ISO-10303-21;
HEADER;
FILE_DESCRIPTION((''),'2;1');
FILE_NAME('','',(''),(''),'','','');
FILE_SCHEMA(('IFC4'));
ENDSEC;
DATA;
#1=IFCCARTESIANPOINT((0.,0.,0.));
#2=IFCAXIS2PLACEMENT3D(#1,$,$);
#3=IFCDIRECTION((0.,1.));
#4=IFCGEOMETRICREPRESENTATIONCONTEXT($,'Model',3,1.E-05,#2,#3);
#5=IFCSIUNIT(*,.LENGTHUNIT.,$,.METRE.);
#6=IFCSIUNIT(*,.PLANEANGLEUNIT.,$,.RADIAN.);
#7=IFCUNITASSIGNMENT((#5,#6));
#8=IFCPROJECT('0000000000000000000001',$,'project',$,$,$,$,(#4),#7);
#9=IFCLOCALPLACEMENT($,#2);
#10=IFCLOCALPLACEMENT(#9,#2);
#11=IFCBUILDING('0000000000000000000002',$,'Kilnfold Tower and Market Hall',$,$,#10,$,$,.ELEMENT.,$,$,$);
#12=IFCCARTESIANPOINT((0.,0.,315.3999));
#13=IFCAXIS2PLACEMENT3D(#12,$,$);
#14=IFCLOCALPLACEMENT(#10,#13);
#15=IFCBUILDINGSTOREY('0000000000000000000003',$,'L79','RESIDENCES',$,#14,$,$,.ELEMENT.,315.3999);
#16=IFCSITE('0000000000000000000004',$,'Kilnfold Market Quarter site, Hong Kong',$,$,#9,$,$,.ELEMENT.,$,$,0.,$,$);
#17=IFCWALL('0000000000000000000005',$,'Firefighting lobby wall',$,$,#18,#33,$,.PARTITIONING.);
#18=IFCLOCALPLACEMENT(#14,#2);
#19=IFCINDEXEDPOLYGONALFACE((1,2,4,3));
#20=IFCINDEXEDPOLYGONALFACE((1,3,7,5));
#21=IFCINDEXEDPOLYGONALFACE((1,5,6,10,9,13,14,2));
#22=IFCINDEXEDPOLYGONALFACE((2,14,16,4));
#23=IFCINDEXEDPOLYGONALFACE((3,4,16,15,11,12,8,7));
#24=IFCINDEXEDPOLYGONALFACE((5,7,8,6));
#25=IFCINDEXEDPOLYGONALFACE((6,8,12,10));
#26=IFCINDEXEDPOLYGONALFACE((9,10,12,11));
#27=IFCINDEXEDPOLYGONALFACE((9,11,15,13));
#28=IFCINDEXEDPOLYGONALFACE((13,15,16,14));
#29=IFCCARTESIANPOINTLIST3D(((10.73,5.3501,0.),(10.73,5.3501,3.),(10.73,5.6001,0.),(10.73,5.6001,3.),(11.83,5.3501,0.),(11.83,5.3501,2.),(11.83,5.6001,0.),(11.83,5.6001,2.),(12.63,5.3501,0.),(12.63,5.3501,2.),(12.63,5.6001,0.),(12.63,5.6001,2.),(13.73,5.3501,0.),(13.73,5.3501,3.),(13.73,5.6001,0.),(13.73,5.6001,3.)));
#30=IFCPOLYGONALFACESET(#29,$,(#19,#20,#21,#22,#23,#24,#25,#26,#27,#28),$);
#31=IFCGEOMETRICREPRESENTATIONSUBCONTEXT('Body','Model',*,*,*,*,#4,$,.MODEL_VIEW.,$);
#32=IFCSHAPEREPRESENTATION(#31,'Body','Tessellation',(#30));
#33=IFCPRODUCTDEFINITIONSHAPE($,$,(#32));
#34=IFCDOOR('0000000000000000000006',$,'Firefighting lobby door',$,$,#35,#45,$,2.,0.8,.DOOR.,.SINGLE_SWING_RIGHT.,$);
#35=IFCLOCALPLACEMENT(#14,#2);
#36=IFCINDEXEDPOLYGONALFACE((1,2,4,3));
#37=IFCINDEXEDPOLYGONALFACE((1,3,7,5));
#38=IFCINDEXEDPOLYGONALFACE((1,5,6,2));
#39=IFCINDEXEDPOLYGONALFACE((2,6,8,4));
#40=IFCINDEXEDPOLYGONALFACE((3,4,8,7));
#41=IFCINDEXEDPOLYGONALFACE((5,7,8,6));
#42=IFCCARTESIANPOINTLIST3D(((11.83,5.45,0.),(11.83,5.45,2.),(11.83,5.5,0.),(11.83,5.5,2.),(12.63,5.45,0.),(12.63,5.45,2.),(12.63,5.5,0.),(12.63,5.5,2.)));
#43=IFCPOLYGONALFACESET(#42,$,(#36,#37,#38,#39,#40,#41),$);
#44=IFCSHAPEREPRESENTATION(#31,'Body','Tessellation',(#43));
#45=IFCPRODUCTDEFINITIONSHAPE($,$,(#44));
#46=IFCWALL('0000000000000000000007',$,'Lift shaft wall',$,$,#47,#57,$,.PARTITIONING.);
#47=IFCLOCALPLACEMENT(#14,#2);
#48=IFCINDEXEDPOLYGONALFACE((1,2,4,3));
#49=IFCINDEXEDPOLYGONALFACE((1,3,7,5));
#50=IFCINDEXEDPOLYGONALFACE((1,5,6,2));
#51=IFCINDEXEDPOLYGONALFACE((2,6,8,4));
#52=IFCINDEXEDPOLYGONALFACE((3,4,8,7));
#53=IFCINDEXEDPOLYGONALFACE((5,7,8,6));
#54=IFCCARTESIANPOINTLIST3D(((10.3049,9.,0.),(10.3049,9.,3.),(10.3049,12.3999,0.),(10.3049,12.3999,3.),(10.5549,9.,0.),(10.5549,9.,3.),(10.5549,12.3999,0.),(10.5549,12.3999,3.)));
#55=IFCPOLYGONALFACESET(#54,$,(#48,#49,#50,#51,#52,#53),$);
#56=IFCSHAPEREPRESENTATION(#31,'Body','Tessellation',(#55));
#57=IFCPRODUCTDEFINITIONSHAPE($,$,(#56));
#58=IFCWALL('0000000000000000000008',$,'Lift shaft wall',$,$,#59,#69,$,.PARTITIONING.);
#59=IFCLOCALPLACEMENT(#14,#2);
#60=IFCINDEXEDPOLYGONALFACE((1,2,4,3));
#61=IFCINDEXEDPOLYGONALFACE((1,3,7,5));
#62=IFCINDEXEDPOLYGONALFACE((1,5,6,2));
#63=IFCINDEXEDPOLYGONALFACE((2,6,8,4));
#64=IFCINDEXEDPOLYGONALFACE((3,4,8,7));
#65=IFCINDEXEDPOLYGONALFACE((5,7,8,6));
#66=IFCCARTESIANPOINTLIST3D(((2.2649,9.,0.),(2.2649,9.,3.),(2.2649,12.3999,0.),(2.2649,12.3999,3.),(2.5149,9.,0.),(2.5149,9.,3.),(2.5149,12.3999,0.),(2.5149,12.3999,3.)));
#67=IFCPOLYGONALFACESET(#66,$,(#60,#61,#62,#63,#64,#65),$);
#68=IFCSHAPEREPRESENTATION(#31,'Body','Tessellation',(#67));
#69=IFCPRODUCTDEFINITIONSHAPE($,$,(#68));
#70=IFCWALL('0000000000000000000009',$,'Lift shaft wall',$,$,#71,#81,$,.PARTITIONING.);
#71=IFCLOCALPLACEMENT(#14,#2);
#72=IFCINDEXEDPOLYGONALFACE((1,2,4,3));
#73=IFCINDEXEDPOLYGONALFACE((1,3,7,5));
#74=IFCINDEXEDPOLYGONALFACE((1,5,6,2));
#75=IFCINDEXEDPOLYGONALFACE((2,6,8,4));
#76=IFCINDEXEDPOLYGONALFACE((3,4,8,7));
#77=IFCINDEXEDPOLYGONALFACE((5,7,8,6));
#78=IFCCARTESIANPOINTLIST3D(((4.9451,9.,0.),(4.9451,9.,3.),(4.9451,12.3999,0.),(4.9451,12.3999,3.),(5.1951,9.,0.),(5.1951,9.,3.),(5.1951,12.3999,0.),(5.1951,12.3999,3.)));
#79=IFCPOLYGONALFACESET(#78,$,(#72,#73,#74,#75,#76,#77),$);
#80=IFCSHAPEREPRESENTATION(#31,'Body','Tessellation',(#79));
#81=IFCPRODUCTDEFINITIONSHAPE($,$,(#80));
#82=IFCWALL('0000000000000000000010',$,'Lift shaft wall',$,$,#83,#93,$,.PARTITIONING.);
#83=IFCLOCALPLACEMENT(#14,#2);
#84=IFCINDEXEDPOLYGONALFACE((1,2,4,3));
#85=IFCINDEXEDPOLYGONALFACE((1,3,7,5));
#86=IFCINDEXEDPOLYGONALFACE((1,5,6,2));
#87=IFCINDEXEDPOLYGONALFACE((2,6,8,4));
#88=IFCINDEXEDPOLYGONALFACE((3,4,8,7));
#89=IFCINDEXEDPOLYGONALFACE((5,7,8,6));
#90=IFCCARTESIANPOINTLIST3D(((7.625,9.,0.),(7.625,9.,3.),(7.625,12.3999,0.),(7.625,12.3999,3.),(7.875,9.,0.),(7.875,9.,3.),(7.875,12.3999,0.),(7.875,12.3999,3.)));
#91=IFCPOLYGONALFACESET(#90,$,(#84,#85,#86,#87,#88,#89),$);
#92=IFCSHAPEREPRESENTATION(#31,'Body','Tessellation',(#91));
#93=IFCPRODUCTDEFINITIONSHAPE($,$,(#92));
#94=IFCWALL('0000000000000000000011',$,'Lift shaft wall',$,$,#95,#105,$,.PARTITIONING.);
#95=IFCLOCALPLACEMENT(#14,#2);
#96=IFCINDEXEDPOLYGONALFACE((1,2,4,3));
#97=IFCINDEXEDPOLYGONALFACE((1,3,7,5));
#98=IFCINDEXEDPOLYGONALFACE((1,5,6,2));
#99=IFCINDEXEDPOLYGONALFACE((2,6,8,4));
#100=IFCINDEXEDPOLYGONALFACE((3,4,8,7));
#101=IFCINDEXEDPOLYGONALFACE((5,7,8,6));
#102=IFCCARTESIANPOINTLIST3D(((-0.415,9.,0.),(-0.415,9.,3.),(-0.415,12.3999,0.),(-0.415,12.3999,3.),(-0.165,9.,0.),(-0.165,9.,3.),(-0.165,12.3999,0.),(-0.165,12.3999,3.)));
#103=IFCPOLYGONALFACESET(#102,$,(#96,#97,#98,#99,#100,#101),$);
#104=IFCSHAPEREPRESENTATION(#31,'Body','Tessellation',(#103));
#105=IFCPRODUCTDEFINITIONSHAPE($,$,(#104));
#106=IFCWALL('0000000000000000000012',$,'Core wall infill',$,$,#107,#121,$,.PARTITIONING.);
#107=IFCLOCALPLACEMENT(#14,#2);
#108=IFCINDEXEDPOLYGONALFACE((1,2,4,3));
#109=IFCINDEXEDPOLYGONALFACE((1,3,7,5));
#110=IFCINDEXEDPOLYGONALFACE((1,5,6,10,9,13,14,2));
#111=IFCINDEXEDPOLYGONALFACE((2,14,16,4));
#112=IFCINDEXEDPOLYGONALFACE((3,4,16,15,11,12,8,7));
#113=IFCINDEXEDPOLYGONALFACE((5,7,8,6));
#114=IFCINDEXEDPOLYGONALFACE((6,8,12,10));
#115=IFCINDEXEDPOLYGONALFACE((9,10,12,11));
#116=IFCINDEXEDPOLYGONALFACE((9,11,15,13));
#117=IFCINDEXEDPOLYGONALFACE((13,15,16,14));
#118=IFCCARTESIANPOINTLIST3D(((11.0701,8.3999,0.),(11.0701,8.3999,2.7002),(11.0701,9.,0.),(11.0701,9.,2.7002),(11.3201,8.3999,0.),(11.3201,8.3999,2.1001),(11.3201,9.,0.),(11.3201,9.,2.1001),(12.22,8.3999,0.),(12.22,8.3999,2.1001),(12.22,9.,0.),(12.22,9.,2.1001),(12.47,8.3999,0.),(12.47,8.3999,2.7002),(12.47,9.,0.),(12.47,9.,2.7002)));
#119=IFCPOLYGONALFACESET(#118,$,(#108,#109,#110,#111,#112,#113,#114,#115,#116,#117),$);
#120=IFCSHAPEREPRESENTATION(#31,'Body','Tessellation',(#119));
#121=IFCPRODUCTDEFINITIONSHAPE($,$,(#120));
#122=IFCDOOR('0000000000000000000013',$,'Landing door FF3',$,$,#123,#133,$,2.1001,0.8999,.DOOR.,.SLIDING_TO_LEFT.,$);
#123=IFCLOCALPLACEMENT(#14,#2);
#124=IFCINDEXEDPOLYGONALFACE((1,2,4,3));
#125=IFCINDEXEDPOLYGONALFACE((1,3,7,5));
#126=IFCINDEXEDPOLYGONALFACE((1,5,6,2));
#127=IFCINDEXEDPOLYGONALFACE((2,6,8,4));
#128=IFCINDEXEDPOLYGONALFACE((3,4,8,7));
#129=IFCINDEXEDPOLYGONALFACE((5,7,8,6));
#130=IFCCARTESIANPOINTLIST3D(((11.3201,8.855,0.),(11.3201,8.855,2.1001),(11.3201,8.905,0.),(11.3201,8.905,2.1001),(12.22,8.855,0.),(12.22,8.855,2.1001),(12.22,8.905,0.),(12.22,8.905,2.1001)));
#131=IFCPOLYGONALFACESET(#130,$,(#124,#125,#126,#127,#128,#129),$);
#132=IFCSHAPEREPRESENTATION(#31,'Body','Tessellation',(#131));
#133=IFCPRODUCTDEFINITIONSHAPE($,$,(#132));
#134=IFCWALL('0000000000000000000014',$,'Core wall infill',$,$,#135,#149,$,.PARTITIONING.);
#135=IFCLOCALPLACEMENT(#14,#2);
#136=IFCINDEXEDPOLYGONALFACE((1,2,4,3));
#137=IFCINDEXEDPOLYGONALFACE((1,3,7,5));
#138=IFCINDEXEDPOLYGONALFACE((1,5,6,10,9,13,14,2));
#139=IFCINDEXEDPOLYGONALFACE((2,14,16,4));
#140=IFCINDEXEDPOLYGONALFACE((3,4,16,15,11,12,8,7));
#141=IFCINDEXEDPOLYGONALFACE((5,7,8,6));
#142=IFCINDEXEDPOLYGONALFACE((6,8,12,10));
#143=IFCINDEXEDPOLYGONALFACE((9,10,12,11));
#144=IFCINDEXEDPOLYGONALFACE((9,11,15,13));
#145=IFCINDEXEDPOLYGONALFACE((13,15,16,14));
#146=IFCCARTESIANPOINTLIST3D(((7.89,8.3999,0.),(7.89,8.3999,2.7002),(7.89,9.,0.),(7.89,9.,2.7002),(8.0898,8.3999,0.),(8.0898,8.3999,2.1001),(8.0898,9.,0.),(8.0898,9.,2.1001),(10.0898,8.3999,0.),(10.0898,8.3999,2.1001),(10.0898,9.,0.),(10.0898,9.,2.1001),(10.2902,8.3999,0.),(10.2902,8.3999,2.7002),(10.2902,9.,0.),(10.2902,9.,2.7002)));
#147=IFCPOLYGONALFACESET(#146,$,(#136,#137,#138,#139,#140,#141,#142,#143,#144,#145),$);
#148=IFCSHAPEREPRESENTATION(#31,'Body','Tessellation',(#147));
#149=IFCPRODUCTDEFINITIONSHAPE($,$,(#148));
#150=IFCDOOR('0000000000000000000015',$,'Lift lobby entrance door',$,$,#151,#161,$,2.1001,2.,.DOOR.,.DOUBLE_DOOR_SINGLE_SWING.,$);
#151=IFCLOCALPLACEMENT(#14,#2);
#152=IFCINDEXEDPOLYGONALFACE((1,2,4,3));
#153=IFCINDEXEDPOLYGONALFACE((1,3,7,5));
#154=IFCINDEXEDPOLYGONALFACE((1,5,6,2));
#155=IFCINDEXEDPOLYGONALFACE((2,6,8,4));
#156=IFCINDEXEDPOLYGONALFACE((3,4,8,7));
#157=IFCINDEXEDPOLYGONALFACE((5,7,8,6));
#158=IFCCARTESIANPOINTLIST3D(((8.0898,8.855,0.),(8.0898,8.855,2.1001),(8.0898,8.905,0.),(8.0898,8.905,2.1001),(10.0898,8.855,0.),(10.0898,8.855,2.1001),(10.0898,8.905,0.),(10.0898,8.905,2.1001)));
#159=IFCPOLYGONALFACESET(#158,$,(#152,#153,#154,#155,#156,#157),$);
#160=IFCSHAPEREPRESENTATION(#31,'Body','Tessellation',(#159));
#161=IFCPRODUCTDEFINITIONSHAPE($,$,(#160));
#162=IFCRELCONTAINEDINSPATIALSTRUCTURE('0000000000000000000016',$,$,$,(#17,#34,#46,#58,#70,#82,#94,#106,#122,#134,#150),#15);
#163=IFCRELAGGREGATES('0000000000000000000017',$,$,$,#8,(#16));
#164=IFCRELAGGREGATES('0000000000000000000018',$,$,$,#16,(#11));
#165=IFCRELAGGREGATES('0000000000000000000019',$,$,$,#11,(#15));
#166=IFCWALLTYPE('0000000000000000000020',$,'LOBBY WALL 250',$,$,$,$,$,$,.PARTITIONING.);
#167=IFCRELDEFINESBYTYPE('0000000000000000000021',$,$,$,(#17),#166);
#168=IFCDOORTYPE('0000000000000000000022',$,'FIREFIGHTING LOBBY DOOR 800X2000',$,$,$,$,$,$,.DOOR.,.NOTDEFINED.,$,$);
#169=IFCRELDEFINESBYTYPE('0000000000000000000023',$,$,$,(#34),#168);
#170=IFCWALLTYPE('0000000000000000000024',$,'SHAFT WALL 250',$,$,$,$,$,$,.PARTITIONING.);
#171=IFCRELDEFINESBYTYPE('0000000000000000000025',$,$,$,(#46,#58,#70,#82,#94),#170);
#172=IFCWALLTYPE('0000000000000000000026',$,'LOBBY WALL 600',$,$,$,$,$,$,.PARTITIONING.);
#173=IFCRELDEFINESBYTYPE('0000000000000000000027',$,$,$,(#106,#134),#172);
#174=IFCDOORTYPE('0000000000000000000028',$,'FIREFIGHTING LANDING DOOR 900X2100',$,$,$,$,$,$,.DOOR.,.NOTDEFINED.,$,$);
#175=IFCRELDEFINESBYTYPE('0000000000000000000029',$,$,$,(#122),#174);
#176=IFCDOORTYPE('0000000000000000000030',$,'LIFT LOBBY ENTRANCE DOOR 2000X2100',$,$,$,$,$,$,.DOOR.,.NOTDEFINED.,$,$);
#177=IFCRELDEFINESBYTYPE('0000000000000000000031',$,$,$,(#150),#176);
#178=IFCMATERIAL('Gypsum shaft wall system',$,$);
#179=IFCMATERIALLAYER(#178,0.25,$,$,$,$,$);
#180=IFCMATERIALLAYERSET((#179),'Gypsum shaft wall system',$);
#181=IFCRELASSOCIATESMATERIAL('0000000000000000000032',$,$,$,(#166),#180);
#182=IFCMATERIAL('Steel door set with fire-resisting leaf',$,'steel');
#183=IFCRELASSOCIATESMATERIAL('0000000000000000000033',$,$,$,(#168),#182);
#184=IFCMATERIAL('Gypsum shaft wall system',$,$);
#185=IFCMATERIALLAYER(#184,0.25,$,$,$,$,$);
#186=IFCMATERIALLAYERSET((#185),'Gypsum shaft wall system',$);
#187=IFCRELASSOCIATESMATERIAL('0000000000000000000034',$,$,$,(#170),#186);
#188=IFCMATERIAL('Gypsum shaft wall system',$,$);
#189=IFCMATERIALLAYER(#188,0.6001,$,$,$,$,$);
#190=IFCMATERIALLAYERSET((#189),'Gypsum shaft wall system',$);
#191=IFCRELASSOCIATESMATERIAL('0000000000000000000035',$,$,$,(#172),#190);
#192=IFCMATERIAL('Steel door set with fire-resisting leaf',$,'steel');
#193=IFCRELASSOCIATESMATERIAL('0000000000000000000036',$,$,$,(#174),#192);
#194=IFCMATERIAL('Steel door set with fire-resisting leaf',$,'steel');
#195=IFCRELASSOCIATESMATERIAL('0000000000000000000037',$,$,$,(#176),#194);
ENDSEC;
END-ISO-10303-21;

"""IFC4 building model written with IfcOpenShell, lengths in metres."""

from ifc_helpers import new_model, si_unit, direction, frame, frame_2d, origin, place, context, subcontext, project, spatial, rectangle, extrude, source, transform, mapped, material, layer, layer_set, type_object, element, fill, save


model = new_model("IFC4")

# Units and contexts
model_context = context("Model", 3, precision=1e-05, world=origin(), true_north=direction((0.0, 1.0)))
body_context = subcontext(model_context, "Body", "Model", "MODEL_VIEW")
ifc_project = project(units=[si_unit("LENGTHUNIT", "METRE"), si_unit("PLANEANGLEUNIT", "RADIAN")], contexts=[model_context])

# Site, building, storey
site_placement = place(None, origin())
site = spatial("IfcSite", under=ifc_project, at=site_placement, Name="Kilnfold Market Quarter site, Hong Kong", CompositionType="ELEMENT", RefElevation=0.0)
building_placement = place(site_placement, origin())
building = spatial("IfcBuilding", under=site, at=building_placement, Name="Kilnfold Tower and Market Hall", CompositionType="ELEMENT")
storey_placement = place(building_placement, frame((0.0, 0.0, 315.3999)))
storey = spatial("IfcBuildingStorey", under=building, at=storey_placement, Name="L79", Description="RESIDENCES", CompositionType="ELEMENT", Elevation=315.3999)

# Shared definitions
ifc_material_1 = material(Name="Gypsum shaft wall system")
ifc_layer_1 = layer(ifc_material_1, 0.25)
ifc_layer_set_1 = layer_set([ifc_layer_1], Name="Gypsum shaft wall system")
wall_type_1 = type_object("IfcWallType", Name="LOBBY WALL 250", PredefinedType="PARTITIONING", material=ifc_layer_set_1)

# Wall, opening, door
shared_shape_1 = source(origin(), body_context, "Body", "SweptSolid", [
    extrude(rectangle(XDim=3.0, YDim=0.25, at=frame_2d((1.5, 0.0))), origin(), (0.0, 0.0, 1.0), 3.0),
])
wall_1_placement = place(storey_placement, frame((10.73, 5.4751, 0.0), z_axis=(0.0, 0.0, 1.0), x_axis=(1.0, 0.0, 0.0)))
wall_1 = element("IfcWall", 1, at=wall_1_placement, inside=storey, type_object=wall_type_1, Name="Firefighting lobby wall", PredefinedType="PARTITIONING", context=body_context, shape_type="MappedRepresentation", body=[
    mapped(shared_shape_1, transform((0.0, 0.0, 0.0))),
])
opening_1_placement = place(wall_1_placement, frame((1.1001, 0.0, 0.0)))
opening_1 = element("IfcOpeningElement", 2, at=opening_1_placement, cuts=wall_1, PredefinedType="OPENING", context=body_context, shape_type="SweptSolid", body=[
    extrude(rectangle(XDim=0.8, YDim=2.0, at=frame_2d((0.3999, 1.0))), frame((0.0, 0.135, 0.0), z_axis=(0.0, -1.0, 0.0), x_axis=(1.0, 0.0, 0.0)), (0.0, 0.0, 1.0), 0.27),
])
ifc_material_2 = material(Name="Steel door set with fire-resisting leaf", Category="steel")
door_type_1 = type_object("IfcDoorType", Name="FIREFIGHTING LOBBY DOOR 800X2000", OperationType="NOTDEFINED", PredefinedType="DOOR", material=ifc_material_2)
door_1_placement = place(opening_1_placement, origin())
door_1 = element("IfcDoor", 3, at=door_1_placement, inside=storey, type_object=door_type_1, Name="Firefighting lobby door", OperationType="SINGLE_SWING_RIGHT", OverallHeight=2.0, OverallWidth=0.8, PredefinedType="DOOR", context=body_context, shape_type="SweptSolid", body=[
    extrude(rectangle(XDim=0.8, YDim=2.0, at=frame_2d((0.3999, 1.0))), frame((0.0, 0.0249, 0.0), z_axis=(0.0, -1.0, 0.0), x_axis=(1.0, 0.0, 0.0)), (0.0, 0.0, 1.0), 0.05),
])
fill(opening_1, door_1)

# Walls
ifc_material_3 = material(Name="Gypsum shaft wall system")
ifc_layer_2 = layer(ifc_material_3, 0.25)
ifc_layer_set_2 = layer_set([ifc_layer_2], Name="Gypsum shaft wall system")
wall_type_2 = type_object("IfcWallType", Name="SHAFT WALL 250", PredefinedType="PARTITIONING", material=ifc_layer_set_2)
shared_shape_2 = source(origin(), body_context, "Body", "SweptSolid", [
    extrude(rectangle(XDim=3.3999, YDim=0.25, at=frame_2d((1.7, 0.0))), origin(), (0.0, 0.0, 1.0), 3.0),
])
for number, where, z_axis, x_axis, name in (
    (4, (10.4299, 9.0, 0.0), (0.0, 0.0, 1.0), (0.0, 1.0, 0.0), "Lift shaft wall"),
    (5, (2.3899, 9.0, 0.0), (0.0, 0.0, 1.0), (0.0, 1.0, 0.0), "Lift shaft wall"),
    (6, (5.0701, 9.0, 0.0), (0.0, 0.0, 1.0), (0.0, 1.0, 0.0), "Lift shaft wall"),
    (7, (7.75, 9.0, 0.0), (0.0, 0.0, 1.0), (0.0, 1.0, 0.0), "Lift shaft wall"),
    (8, (-0.29, 9.0, 0.0), (0.0, 0.0, 1.0), (0.0, 1.0, 0.0), "Lift shaft wall"),
):
    element("IfcWall", number, at=place(storey_placement, frame(where, z_axis=z_axis, x_axis=x_axis)), inside=storey, type_object=wall_type_2, Name=name, PredefinedType="PARTITIONING", context=body_context, shape_type="MappedRepresentation", body=[
        mapped(shared_shape_2, transform((0.0, 0.0, 0.0))),
    ])

# Walls, openings, doors
ifc_material_4 = material(Name="Gypsum shaft wall system")
ifc_layer_3 = layer(ifc_material_4, 0.6001)
ifc_layer_set_3 = layer_set([ifc_layer_3], Name="Gypsum shaft wall system")
wall_type_3 = type_object("IfcWallType", Name="LOBBY WALL 600", PredefinedType="PARTITIONING", material=ifc_layer_set_3)
shared_shape_3 = source(origin(), body_context, "Body", "SweptSolid", [
    extrude(rectangle(XDim=1.3999, YDim=0.6001, at=frame_2d((0.7, 0.0))), origin(), (0.0, 0.0, 1.0), 2.7002),
])
wall_2_placement = place(storey_placement, frame((11.0701, 8.7, 0.0), z_axis=(0.0, 0.0, 1.0), x_axis=(1.0, 0.0, 0.0)))
wall_2 = element("IfcWall", 9, at=wall_2_placement, inside=storey, type_object=wall_type_3, Name="Core wall infill", PredefinedType="PARTITIONING", context=body_context, shape_type="MappedRepresentation", body=[
    mapped(shared_shape_3, transform((0.0, 0.0, 0.0))),
])
opening_2_placement = place(wall_2_placement, frame((0.25, 0.0, 0.0)))
opening_2 = element("IfcOpeningElement", 10, at=opening_2_placement, cuts=wall_2, PredefinedType="OPENING", context=body_context, shape_type="SweptSolid", body=[
    extrude(rectangle(XDim=0.8999, YDim=2.1001, at=frame_2d((0.45, 1.05))), frame((0.0, 0.3101, 0.0), z_axis=(0.0, -1.0, 0.0), x_axis=(1.0, 0.0, 0.0)), (0.0, 0.0, 1.0), 0.6201),
])
ifc_material_5 = material(Name="Steel door set with fire-resisting leaf", Category="steel")
door_type_2 = type_object("IfcDoorType", Name="FIREFIGHTING LANDING DOOR 900X2100", OperationType="NOTDEFINED", PredefinedType="DOOR", material=ifc_material_5)
door_2_placement = place(opening_2_placement, origin())
door_2 = element("IfcDoor", 11, at=door_2_placement, inside=storey, type_object=door_type_2, Name="Landing door FF3", OperationType="SLIDING_TO_LEFT", OverallHeight=2.1001, OverallWidth=0.8999, PredefinedType="DOOR", context=body_context, shape_type="SweptSolid", body=[
    extrude(rectangle(XDim=0.8999, YDim=2.1001, at=frame_2d((0.45, 1.05))), frame((0.0, 0.2051, 0.0), z_axis=(0.0, -1.0, 0.0), x_axis=(1.0, 0.0, 0.0)), (0.0, 0.0, 1.0), 0.05),
])
fill(opening_2, door_2)
shared_shape_4 = source(origin(), body_context, "Body", "SweptSolid", [
    extrude(rectangle(XDim=2.4001, YDim=0.6001, at=frame_2d((1.2002, 0.0))), origin(), (0.0, 0.0, 1.0), 2.7002),
])
wall_3_placement = place(storey_placement, frame((7.8899, 8.7, 0.0), z_axis=(0.0, 0.0, 1.0), x_axis=(1.0, 0.0, 0.0)))
wall_3 = element("IfcWall", 12, at=wall_3_placement, inside=storey, type_object=wall_type_3, Name="Core wall infill", PredefinedType="PARTITIONING", context=body_context, shape_type="MappedRepresentation", body=[
    mapped(shared_shape_4, transform((0.0, 0.0, 0.0))),
])
opening_3_placement = place(wall_3_placement, frame((0.2, 0.0, 0.0)))
opening_3 = element("IfcOpeningElement", 13, at=opening_3_placement, cuts=wall_3, PredefinedType="OPENING", context=body_context, shape_type="SweptSolid", body=[
    extrude(rectangle(XDim=2.0, YDim=2.1001, at=frame_2d((1.0, 1.05))), frame((0.0, 0.3101, 0.0), z_axis=(0.0, -1.0, 0.0), x_axis=(1.0, 0.0, 0.0)), (0.0, 0.0, 1.0), 0.6201),
])
ifc_material_6 = material(Name="Steel door set with fire-resisting leaf", Category="steel")
door_type_3 = type_object("IfcDoorType", Name="LIFT LOBBY ENTRANCE DOOR 2000X2100", OperationType="NOTDEFINED", PredefinedType="DOOR", material=ifc_material_6)
door_3_placement = place(opening_3_placement, origin())
door_3 = element("IfcDoor", 14, at=door_3_placement, inside=storey, type_object=door_type_3, Name="Lift lobby entrance door", OperationType="DOUBLE_DOOR_SINGLE_SWING", OverallHeight=2.1001, OverallWidth=2.0, PredefinedType="DOOR", context=body_context, shape_type="SweptSolid", body=[
    extrude(rectangle(XDim=2.0, YDim=2.1001, at=frame_2d((1.0, 1.05))), frame((0.0, 0.2051, 0.0), z_axis=(0.0, -1.0, 0.0), x_axis=(1.0, 0.0, 0.0)), (0.0, 0.0, 1.0), 0.05),
])
fill(opening_3, door_3)

save(model, "model.ifc")
